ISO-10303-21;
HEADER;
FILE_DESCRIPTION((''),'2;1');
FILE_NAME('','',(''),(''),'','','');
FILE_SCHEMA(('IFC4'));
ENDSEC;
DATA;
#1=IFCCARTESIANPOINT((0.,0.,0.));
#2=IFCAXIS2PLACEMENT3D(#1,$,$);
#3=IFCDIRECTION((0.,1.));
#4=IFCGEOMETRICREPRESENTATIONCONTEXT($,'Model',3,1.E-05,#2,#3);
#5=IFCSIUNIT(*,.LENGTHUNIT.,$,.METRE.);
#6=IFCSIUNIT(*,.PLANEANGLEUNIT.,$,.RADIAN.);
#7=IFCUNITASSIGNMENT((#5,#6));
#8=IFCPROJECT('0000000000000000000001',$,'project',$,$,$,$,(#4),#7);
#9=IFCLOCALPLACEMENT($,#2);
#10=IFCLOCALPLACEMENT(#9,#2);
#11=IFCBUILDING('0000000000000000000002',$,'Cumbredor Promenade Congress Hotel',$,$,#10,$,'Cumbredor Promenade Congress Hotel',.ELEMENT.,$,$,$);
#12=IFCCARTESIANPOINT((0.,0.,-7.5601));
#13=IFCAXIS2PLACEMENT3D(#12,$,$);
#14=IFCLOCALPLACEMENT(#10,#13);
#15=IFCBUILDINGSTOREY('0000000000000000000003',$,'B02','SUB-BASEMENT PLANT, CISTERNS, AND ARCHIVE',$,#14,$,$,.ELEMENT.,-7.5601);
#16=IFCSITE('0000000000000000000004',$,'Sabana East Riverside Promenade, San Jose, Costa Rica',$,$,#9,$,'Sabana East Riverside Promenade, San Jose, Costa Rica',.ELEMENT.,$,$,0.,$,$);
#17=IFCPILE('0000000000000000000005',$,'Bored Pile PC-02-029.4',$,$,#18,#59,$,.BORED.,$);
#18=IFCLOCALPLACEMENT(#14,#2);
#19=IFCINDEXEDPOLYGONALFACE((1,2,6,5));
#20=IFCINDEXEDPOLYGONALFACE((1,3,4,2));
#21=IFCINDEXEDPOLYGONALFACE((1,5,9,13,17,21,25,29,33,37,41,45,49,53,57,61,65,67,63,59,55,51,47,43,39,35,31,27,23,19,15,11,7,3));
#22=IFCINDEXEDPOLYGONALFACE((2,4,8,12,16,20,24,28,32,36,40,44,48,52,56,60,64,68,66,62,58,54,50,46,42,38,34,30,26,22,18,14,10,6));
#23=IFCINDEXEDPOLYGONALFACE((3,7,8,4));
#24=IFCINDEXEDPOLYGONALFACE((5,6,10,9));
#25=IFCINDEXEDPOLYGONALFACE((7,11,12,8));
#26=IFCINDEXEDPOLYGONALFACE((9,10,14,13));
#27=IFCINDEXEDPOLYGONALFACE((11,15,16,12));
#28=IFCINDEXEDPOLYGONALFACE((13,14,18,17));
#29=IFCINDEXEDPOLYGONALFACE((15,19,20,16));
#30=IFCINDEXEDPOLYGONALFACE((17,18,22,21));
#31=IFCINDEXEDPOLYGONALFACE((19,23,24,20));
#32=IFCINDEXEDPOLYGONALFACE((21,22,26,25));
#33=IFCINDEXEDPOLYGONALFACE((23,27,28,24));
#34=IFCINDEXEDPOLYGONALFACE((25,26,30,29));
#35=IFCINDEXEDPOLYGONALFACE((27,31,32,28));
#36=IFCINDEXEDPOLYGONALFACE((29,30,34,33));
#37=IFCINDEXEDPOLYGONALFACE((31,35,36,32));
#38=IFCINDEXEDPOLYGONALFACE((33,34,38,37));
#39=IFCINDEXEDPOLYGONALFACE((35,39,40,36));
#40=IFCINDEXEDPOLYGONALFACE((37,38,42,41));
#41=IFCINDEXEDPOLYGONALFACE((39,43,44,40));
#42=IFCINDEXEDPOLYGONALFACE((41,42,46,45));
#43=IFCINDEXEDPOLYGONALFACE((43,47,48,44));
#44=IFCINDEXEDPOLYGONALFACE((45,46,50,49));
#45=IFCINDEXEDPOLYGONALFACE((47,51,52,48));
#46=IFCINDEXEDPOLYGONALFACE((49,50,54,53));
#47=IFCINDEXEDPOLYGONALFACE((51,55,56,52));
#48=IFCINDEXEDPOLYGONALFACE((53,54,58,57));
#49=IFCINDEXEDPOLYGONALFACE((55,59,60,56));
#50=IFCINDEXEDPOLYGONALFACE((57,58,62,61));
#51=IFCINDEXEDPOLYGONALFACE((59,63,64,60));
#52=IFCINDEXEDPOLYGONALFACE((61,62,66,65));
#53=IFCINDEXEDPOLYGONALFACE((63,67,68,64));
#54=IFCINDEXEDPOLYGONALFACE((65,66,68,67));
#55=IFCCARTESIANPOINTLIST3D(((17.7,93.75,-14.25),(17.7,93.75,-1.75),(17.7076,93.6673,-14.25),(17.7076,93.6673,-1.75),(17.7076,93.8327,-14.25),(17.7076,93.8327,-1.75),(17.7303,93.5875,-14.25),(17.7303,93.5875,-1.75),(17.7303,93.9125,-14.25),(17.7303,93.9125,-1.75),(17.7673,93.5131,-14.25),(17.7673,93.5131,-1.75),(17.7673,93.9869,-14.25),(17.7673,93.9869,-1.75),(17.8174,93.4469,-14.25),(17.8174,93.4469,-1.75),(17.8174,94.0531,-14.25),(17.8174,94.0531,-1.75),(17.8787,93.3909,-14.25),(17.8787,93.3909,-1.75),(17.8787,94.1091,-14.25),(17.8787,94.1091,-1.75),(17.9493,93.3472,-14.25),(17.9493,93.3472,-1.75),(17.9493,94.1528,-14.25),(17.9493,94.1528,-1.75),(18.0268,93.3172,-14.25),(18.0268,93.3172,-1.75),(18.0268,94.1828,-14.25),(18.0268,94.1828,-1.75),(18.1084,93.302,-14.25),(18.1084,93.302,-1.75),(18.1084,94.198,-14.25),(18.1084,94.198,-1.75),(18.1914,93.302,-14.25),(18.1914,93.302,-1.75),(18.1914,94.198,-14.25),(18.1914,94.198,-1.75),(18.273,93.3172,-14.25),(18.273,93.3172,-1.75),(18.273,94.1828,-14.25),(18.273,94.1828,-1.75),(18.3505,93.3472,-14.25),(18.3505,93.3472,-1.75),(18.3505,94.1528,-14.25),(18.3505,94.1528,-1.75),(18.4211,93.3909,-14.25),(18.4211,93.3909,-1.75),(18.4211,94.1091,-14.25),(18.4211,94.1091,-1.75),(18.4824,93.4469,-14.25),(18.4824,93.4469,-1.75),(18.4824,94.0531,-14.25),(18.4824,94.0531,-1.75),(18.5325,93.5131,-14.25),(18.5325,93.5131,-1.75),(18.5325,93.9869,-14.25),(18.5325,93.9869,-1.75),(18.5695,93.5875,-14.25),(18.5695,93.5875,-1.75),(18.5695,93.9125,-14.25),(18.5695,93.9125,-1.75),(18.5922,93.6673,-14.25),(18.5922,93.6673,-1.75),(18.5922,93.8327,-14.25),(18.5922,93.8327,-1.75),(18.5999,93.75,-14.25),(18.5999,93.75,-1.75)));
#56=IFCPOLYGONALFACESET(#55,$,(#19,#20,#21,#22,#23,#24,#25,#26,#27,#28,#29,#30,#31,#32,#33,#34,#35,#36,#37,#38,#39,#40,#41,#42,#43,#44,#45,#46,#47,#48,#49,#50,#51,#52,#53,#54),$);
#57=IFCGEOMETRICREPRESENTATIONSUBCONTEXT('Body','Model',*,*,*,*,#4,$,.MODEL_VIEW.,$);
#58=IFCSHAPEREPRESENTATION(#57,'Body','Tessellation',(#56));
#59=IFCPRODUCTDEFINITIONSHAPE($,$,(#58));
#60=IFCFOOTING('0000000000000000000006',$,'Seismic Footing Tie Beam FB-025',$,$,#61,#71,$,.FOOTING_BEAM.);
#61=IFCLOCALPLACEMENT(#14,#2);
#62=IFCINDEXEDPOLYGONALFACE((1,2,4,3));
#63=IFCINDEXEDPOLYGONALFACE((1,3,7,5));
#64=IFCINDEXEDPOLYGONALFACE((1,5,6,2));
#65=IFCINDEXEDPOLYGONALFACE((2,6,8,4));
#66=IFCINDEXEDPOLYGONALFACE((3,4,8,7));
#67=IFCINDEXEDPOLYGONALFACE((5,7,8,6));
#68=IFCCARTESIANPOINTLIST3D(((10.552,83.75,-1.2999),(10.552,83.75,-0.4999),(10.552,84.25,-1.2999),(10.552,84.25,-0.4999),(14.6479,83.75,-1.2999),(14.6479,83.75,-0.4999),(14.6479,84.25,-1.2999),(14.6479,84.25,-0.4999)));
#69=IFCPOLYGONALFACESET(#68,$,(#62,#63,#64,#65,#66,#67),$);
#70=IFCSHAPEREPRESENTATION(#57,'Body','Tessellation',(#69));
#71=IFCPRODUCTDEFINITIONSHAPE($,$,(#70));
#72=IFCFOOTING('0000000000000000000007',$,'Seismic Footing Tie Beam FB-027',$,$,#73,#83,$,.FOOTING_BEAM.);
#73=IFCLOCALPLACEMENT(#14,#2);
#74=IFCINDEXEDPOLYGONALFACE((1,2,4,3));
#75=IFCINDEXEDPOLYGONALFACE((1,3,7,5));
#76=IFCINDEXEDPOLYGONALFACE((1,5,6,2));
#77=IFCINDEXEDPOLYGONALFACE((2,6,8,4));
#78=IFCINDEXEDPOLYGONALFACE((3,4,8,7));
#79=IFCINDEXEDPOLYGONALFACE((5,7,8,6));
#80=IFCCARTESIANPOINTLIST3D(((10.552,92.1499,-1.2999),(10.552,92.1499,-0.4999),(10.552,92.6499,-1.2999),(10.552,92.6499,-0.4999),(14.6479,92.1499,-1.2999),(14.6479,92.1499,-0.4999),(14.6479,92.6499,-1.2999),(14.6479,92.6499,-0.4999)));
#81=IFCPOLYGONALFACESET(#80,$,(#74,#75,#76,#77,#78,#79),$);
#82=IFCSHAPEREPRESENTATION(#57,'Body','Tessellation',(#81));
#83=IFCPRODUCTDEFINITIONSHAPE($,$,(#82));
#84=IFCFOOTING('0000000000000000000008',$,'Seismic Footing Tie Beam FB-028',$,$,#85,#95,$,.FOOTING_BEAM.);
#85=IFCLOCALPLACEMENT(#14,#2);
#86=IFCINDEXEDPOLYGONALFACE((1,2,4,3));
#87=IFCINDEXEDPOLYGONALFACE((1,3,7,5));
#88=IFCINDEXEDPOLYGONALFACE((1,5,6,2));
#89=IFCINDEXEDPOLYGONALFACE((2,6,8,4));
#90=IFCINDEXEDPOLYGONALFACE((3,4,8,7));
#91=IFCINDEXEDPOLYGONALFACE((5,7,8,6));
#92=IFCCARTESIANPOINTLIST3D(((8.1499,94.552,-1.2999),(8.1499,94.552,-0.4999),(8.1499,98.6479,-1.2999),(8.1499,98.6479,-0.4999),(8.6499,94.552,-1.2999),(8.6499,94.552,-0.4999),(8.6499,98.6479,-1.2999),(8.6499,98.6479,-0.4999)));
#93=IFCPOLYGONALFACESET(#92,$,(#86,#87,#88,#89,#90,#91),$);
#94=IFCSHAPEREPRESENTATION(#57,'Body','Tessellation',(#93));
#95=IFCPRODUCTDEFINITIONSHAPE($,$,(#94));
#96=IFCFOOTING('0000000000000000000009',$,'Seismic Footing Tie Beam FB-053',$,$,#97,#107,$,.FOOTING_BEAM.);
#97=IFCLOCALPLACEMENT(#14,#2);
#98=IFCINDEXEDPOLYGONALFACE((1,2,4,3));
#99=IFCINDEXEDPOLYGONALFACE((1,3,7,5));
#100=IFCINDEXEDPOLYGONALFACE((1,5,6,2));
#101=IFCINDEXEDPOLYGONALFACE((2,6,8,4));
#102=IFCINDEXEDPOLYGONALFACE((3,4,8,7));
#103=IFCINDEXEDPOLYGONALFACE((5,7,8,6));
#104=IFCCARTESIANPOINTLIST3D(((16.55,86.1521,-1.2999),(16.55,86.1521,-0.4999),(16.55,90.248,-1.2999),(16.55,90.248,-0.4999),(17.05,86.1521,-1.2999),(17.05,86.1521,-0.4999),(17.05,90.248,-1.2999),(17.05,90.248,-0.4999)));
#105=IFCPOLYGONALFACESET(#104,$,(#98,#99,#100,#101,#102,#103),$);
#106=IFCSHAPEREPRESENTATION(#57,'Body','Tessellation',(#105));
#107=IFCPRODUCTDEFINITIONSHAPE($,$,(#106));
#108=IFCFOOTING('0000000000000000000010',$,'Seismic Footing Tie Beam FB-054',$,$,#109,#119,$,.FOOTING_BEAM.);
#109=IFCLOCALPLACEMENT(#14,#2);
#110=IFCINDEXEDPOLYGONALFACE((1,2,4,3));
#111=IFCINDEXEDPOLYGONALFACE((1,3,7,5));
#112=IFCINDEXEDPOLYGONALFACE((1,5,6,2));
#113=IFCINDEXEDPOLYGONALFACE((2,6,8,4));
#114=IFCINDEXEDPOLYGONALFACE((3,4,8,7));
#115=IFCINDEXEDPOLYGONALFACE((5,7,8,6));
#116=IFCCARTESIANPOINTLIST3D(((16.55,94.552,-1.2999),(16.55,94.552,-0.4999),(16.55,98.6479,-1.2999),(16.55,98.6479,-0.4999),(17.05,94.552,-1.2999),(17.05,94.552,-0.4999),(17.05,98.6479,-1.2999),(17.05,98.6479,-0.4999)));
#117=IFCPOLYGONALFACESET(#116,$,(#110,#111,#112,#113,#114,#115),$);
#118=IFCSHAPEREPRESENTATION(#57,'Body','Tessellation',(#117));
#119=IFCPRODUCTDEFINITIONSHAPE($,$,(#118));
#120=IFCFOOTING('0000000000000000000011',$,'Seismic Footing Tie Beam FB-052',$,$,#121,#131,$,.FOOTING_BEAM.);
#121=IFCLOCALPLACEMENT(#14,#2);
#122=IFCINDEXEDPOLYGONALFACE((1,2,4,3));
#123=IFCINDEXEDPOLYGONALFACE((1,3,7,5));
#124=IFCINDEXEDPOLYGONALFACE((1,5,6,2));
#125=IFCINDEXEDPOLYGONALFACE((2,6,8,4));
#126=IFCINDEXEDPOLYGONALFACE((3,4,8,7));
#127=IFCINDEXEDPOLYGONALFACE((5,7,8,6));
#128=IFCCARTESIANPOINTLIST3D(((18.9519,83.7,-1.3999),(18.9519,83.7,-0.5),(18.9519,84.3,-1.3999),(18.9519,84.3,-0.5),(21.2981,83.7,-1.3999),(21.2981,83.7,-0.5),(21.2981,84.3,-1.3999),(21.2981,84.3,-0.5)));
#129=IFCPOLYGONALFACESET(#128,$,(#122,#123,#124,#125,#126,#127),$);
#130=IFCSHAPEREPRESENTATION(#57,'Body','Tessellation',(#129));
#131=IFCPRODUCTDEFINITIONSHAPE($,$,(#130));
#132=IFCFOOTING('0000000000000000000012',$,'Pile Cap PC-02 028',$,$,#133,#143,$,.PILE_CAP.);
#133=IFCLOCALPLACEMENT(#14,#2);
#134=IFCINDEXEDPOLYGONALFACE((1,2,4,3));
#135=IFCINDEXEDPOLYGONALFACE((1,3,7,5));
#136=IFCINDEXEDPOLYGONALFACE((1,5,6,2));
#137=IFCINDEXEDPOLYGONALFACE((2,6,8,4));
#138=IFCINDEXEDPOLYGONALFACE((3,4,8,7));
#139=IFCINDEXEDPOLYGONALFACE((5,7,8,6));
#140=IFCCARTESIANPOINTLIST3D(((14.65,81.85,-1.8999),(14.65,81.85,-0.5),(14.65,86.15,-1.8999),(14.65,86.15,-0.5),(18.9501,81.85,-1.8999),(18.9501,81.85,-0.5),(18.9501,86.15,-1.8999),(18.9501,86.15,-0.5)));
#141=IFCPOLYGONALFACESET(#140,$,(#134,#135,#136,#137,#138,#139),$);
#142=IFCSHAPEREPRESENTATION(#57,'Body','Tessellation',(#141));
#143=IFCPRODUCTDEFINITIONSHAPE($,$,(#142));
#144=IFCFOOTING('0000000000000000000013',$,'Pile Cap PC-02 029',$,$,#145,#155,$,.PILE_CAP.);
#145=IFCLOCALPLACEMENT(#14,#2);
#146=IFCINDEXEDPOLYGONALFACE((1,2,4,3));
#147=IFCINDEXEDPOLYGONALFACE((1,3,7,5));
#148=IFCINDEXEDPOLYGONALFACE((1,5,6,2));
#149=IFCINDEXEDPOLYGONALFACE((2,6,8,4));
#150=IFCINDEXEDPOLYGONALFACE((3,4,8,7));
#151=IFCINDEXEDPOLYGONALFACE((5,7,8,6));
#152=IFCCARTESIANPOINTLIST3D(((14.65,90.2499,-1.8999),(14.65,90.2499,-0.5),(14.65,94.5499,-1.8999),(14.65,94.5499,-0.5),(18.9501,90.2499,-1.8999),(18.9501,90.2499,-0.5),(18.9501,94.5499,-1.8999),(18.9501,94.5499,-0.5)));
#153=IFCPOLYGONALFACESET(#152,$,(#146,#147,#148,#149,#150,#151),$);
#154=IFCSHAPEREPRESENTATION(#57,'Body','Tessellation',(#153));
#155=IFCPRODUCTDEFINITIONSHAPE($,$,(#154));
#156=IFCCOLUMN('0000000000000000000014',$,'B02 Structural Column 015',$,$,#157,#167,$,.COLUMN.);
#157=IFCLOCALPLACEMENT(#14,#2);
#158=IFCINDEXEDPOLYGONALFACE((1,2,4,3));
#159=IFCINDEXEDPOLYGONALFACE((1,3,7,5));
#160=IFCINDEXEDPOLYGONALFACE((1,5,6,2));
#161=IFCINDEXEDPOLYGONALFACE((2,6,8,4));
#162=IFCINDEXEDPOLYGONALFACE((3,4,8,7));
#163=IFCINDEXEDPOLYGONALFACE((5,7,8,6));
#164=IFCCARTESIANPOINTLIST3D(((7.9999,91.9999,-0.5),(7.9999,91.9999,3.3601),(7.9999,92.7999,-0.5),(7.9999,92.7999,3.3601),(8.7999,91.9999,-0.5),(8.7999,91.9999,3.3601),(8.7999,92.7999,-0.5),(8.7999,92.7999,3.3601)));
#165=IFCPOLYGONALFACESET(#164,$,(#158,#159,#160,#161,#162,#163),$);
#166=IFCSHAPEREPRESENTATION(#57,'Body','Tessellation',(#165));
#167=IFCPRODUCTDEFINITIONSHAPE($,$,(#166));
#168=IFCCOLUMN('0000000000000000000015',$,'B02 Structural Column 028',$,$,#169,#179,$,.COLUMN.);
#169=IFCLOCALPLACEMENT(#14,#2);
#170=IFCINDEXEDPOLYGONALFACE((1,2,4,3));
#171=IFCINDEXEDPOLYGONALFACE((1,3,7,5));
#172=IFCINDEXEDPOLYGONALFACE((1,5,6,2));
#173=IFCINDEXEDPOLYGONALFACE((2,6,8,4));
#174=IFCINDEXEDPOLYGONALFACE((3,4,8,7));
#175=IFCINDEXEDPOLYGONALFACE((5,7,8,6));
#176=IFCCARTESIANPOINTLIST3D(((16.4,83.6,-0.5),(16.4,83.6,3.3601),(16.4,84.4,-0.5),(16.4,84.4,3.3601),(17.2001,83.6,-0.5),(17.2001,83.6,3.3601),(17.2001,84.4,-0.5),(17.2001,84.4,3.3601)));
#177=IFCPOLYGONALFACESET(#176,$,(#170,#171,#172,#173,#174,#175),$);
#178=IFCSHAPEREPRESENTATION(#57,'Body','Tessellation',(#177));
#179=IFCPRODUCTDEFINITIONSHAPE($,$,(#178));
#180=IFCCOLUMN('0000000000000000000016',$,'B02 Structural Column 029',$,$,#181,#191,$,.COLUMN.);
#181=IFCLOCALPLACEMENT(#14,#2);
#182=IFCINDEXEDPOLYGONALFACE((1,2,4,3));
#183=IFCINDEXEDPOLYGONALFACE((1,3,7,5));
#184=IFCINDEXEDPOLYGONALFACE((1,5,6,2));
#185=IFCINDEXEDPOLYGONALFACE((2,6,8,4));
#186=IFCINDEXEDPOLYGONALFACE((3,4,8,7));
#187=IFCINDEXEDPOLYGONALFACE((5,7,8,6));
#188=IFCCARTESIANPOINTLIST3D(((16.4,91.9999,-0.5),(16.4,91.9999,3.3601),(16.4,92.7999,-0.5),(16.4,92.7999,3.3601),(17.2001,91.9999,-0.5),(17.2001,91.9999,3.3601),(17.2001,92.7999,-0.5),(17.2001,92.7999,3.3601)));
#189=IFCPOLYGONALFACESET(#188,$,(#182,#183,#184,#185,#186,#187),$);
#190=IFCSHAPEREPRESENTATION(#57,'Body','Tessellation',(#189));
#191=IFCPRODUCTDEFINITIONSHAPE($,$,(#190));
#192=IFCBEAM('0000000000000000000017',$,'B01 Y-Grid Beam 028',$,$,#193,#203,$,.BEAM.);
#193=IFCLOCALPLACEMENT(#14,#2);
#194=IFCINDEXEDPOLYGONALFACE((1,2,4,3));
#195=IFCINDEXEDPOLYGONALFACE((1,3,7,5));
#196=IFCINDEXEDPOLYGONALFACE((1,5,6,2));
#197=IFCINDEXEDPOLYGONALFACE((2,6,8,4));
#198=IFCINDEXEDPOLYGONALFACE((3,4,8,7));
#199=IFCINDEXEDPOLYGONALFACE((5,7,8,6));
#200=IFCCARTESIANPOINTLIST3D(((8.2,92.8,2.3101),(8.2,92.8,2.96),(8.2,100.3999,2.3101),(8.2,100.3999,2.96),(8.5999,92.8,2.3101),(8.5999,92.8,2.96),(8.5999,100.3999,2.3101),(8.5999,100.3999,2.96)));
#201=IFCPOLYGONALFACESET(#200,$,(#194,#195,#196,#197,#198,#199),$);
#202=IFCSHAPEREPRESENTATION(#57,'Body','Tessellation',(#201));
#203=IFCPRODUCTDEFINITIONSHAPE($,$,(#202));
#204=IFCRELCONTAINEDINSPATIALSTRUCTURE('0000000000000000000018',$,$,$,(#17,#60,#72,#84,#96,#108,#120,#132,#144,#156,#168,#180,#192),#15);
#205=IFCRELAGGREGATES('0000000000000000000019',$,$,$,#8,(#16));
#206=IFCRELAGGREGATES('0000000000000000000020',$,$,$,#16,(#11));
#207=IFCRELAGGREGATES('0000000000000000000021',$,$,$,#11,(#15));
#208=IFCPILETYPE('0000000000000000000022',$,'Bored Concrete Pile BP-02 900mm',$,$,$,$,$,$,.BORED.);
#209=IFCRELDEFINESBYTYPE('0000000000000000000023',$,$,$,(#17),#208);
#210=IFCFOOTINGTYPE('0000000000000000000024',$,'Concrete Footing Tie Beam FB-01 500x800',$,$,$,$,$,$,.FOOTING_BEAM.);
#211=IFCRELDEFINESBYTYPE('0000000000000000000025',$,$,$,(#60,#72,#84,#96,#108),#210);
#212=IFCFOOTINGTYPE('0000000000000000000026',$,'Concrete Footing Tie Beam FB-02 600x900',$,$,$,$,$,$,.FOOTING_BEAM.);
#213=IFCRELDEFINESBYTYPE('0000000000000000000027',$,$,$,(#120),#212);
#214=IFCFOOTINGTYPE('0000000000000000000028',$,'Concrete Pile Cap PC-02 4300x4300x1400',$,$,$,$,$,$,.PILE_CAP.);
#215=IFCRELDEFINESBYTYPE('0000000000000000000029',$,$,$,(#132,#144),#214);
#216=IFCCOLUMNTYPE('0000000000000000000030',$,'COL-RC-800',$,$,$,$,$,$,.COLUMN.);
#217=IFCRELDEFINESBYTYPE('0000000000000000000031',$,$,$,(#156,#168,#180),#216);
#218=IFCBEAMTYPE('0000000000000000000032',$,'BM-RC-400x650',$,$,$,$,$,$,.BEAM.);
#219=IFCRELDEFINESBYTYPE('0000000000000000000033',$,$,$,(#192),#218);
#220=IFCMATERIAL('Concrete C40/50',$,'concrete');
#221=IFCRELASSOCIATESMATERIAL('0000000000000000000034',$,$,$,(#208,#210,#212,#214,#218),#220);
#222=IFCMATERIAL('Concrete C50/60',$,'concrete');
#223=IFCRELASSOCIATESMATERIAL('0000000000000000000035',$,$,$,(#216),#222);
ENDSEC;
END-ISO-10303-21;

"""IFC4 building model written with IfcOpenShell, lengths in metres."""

from ifc_helpers import new_model, si_unit, direction, frame, origin, origin_2d, place, context, subcontext, project, spatial, rectangle, circle, extrude, material, material_profile, profile_set, type_object, element, save


model = new_model("IFC4")

# Units and contexts
model_context = context("Model", 3, precision=1e-05, world=origin(), true_north=direction((0.0, 1.0)))
body_context = subcontext(model_context, "Body", "Model", "MODEL_VIEW")
ifc_project = project(units=[si_unit("LENGTHUNIT", "METRE"), si_unit("PLANEANGLEUNIT", "RADIAN")], contexts=[model_context])

# Site, building, storey
site_placement = place(None, origin())
site = spatial("IfcSite", under=ifc_project, at=site_placement, Name="Sabana East Riverside Promenade, San Jose, Costa Rica", LongName="Sabana East Riverside Promenade, San Jose, Costa Rica", CompositionType="ELEMENT", RefElevation=0.0)
building_placement = place(site_placement, origin())
building = spatial("IfcBuilding", under=site, at=building_placement, Name="Cumbredor Promenade Congress Hotel", LongName="Cumbredor Promenade Congress Hotel", CompositionType="ELEMENT")
storey_placement = place(building_placement, frame((0.0, 0.0, -7.5601)))
storey = spatial("IfcBuildingStorey", under=building, at=storey_placement, Name="B02", Description="SUB-BASEMENT PLANT, CISTERNS, AND ARCHIVE", CompositionType="ELEMENT", Elevation=-7.5601)

# Pile
ifc_material_1 = material(Name="Concrete C40/50", Category="concrete")
ifc_material_profile_1 = material_profile(ifc_material_1, circle(Radius=0.45, at=origin_2d()), Name="PILE D900")
ifc_profile_set_1 = profile_set([ifc_material_profile_1], Name="Concrete C40/50")
pile_type = type_object("IfcPileType", Name="Bored Concrete Pile BP-02 900mm", PredefinedType="BORED", material=ifc_profile_set_1)
for number, where, z_axis, x_axis, name in (
    (1, (18.1499, 93.75, -1.75), (0.0, 0.0, -1.0), (1.0, 0.0, 0.0), "Bored Pile PC-02-029.4"),
):
    element("IfcPile", number, at=place(storey_placement, frame(where, z_axis=z_axis, x_axis=x_axis)), inside=storey, type_object=pile_type, Name=name, PredefinedType="BORED", context=body_context, shape_type="SweptSolid", body=[
        extrude(circle(Radius=0.45, at=origin_2d()), origin(), (0.0, 0.0, 1.0), 12.5),
    ])

# Footings
ifc_material_profile_2 = material_profile(ifc_material_1, rectangle(XDim=0.5, YDim=0.8, at=origin_2d()), Name="FB 500x800")
ifc_profile_set_2 = profile_set([ifc_material_profile_2], Name="Concrete C40/50")
footing_type_1 = type_object("IfcFootingType", Name="Concrete Footing Tie Beam FB-01 500x800", PredefinedType="FOOTING_BEAM", material=ifc_profile_set_2)
for number, where, z_axis, x_axis, name in (
    (2, (10.552, 84.0, -0.8999), (1.0, 0.0, 0.0), (0.0, 1.0, 0.0), "Seismic Footing Tie Beam FB-025"),
    (3, (10.552, 92.3999, -0.8999), (1.0, 0.0, 0.0), (0.0, 1.0, 0.0), "Seismic Footing Tie Beam FB-027"),
    (4, (8.3999, 94.552, -0.8999), (0.0, 1.0, 0.0), (-1.0, 0.0, 0.0), "Seismic Footing Tie Beam FB-028"),
    (5, (16.8, 86.1521, -0.8999), (0.0, 1.0, 0.0), (-1.0, 0.0, 0.0), "Seismic Footing Tie Beam FB-053"),
    (6, (16.8, 94.552, -0.8999), (0.0, 1.0, 0.0), (-1.0, 0.0, 0.0), "Seismic Footing Tie Beam FB-054"),
):
    element("IfcFooting", number, at=place(storey_placement, frame(where, z_axis=z_axis, x_axis=x_axis)), inside=storey, type_object=footing_type_1, Name=name, PredefinedType="FOOTING_BEAM", context=body_context, shape_type="SweptSolid", body=[
        extrude(rectangle(XDim=0.5, YDim=0.8, at=origin_2d()), origin(), (0.0, 0.0, 1.0), 4.0959),
    ])
ifc_material_profile_3 = material_profile(ifc_material_1, rectangle(XDim=0.6001, YDim=0.8999, at=origin_2d()), Name="FB 600x900")
ifc_profile_set_3 = profile_set([ifc_material_profile_3], Name="Concrete C40/50")
footing_type_2 = type_object("IfcFootingType", Name="Concrete Footing Tie Beam FB-02 600x900", PredefinedType="FOOTING_BEAM", material=ifc_profile_set_3)
footing_placement = place(storey_placement, frame((18.9519, 84.0, -0.95), z_axis=(1.0, 0.0, 0.0), x_axis=(0.0, 1.0, 0.0)))
element("IfcFooting", 7, at=footing_placement, inside=storey, type_object=footing_type_2, Name="Seismic Footing Tie Beam FB-052", PredefinedType="FOOTING_BEAM", context=body_context, shape_type="SweptSolid", body=[
    extrude(rectangle(XDim=0.6001, YDim=0.8999, at=origin_2d()), origin(), (0.0, 0.0, 1.0), 2.3462),
])
footing_type_3 = type_object("IfcFootingType", Name="Concrete Pile Cap PC-02 4300x4300x1400", PredefinedType="PILE_CAP", material=ifc_material_1)
for number, where, z_axis, x_axis, name in (
    (8, (16.8, 84.0, -1.8999), (0.0, 0.0, 1.0), (1.0, 0.0, 0.0), "Pile Cap PC-02 028"),
    (9, (16.8, 92.3999, -1.8999), (0.0, 0.0, 1.0), (1.0, 0.0, 0.0), "Pile Cap PC-02 029"),
):
    element("IfcFooting", number, at=place(storey_placement, frame(where, z_axis=z_axis, x_axis=x_axis)), inside=storey, type_object=footing_type_3, Name=name, PredefinedType="PILE_CAP", context=body_context, shape_type="SweptSolid", body=[
        extrude(rectangle(XDim=4.3, YDim=4.3, at=origin_2d()), origin(), (0.0, 0.0, 1.0), 1.3999),
    ])

# Columns
ifc_material_2 = material(Name="Concrete C50/60", Category="concrete")
ifc_material_profile_4 = material_profile(ifc_material_2, rectangle(XDim=0.8, YDim=0.8, at=origin_2d()), Name="RC 800x800")
ifc_profile_set_4 = profile_set([ifc_material_profile_4], Name="Concrete C50/60")
column_type = type_object("IfcColumnType", Name="COL-RC-800", PredefinedType="COLUMN", material=ifc_profile_set_4)
for number, where, z_axis, x_axis, name in (
    (10, (8.3999, 92.3999, -0.5), (0.0, 0.0, 1.0), (1.0, 0.0, 0.0), "B02 Structural Column 015"),
    (11, (16.8, 84.0, -0.5), (0.0, 0.0, 1.0), (1.0, 0.0, 0.0), "B02 Structural Column 028"),
    (12, (16.8, 92.3999, -0.5), (0.0, 0.0, 1.0), (1.0, 0.0, 0.0), "B02 Structural Column 029"),
):
    element("IfcColumn", number, at=place(storey_placement, frame(where, z_axis=z_axis, x_axis=x_axis)), inside=storey, type_object=column_type, Name=name, PredefinedType="COLUMN", context=body_context, shape_type="SweptSolid", body=[
        extrude(rectangle(XDim=0.8, YDim=0.8, at=origin_2d()), origin(), (0.0, 0.0, 1.0), 3.8601),
    ])

# Beam
ifc_material_profile_5 = material_profile(ifc_material_1, rectangle(XDim=0.3999, YDim=0.6499, at=origin_2d()), Name="RC BEAM 400x650")
ifc_profile_set_5 = profile_set([ifc_material_profile_5], Name="Concrete C40/50")
beam_type_1 = type_object("IfcBeamType", Name="BM-RC-400x650", PredefinedType="BEAM", material=ifc_profile_set_5)
for number, where, z_axis, x_axis, name in (
    (13, (8.3999, 92.8, 2.635), (0.0, 1.0, 0.0), (-1.0, 0.0, 0.0), "B01 Y-Grid Beam 028"),
):
    element("IfcBeam", number, at=place(storey_placement, frame(where, z_axis=z_axis, x_axis=x_axis)), inside=storey, type_object=beam_type_1, Name=name, PredefinedType="BEAM", context=body_context, shape_type="SweptSolid", body=[
        extrude(rectangle(XDim=0.3999, YDim=0.6499, at=origin_2d()), origin(), (0.0, 0.0, 1.0), 7.5999),
    ])

save(model, "model.ifc")
